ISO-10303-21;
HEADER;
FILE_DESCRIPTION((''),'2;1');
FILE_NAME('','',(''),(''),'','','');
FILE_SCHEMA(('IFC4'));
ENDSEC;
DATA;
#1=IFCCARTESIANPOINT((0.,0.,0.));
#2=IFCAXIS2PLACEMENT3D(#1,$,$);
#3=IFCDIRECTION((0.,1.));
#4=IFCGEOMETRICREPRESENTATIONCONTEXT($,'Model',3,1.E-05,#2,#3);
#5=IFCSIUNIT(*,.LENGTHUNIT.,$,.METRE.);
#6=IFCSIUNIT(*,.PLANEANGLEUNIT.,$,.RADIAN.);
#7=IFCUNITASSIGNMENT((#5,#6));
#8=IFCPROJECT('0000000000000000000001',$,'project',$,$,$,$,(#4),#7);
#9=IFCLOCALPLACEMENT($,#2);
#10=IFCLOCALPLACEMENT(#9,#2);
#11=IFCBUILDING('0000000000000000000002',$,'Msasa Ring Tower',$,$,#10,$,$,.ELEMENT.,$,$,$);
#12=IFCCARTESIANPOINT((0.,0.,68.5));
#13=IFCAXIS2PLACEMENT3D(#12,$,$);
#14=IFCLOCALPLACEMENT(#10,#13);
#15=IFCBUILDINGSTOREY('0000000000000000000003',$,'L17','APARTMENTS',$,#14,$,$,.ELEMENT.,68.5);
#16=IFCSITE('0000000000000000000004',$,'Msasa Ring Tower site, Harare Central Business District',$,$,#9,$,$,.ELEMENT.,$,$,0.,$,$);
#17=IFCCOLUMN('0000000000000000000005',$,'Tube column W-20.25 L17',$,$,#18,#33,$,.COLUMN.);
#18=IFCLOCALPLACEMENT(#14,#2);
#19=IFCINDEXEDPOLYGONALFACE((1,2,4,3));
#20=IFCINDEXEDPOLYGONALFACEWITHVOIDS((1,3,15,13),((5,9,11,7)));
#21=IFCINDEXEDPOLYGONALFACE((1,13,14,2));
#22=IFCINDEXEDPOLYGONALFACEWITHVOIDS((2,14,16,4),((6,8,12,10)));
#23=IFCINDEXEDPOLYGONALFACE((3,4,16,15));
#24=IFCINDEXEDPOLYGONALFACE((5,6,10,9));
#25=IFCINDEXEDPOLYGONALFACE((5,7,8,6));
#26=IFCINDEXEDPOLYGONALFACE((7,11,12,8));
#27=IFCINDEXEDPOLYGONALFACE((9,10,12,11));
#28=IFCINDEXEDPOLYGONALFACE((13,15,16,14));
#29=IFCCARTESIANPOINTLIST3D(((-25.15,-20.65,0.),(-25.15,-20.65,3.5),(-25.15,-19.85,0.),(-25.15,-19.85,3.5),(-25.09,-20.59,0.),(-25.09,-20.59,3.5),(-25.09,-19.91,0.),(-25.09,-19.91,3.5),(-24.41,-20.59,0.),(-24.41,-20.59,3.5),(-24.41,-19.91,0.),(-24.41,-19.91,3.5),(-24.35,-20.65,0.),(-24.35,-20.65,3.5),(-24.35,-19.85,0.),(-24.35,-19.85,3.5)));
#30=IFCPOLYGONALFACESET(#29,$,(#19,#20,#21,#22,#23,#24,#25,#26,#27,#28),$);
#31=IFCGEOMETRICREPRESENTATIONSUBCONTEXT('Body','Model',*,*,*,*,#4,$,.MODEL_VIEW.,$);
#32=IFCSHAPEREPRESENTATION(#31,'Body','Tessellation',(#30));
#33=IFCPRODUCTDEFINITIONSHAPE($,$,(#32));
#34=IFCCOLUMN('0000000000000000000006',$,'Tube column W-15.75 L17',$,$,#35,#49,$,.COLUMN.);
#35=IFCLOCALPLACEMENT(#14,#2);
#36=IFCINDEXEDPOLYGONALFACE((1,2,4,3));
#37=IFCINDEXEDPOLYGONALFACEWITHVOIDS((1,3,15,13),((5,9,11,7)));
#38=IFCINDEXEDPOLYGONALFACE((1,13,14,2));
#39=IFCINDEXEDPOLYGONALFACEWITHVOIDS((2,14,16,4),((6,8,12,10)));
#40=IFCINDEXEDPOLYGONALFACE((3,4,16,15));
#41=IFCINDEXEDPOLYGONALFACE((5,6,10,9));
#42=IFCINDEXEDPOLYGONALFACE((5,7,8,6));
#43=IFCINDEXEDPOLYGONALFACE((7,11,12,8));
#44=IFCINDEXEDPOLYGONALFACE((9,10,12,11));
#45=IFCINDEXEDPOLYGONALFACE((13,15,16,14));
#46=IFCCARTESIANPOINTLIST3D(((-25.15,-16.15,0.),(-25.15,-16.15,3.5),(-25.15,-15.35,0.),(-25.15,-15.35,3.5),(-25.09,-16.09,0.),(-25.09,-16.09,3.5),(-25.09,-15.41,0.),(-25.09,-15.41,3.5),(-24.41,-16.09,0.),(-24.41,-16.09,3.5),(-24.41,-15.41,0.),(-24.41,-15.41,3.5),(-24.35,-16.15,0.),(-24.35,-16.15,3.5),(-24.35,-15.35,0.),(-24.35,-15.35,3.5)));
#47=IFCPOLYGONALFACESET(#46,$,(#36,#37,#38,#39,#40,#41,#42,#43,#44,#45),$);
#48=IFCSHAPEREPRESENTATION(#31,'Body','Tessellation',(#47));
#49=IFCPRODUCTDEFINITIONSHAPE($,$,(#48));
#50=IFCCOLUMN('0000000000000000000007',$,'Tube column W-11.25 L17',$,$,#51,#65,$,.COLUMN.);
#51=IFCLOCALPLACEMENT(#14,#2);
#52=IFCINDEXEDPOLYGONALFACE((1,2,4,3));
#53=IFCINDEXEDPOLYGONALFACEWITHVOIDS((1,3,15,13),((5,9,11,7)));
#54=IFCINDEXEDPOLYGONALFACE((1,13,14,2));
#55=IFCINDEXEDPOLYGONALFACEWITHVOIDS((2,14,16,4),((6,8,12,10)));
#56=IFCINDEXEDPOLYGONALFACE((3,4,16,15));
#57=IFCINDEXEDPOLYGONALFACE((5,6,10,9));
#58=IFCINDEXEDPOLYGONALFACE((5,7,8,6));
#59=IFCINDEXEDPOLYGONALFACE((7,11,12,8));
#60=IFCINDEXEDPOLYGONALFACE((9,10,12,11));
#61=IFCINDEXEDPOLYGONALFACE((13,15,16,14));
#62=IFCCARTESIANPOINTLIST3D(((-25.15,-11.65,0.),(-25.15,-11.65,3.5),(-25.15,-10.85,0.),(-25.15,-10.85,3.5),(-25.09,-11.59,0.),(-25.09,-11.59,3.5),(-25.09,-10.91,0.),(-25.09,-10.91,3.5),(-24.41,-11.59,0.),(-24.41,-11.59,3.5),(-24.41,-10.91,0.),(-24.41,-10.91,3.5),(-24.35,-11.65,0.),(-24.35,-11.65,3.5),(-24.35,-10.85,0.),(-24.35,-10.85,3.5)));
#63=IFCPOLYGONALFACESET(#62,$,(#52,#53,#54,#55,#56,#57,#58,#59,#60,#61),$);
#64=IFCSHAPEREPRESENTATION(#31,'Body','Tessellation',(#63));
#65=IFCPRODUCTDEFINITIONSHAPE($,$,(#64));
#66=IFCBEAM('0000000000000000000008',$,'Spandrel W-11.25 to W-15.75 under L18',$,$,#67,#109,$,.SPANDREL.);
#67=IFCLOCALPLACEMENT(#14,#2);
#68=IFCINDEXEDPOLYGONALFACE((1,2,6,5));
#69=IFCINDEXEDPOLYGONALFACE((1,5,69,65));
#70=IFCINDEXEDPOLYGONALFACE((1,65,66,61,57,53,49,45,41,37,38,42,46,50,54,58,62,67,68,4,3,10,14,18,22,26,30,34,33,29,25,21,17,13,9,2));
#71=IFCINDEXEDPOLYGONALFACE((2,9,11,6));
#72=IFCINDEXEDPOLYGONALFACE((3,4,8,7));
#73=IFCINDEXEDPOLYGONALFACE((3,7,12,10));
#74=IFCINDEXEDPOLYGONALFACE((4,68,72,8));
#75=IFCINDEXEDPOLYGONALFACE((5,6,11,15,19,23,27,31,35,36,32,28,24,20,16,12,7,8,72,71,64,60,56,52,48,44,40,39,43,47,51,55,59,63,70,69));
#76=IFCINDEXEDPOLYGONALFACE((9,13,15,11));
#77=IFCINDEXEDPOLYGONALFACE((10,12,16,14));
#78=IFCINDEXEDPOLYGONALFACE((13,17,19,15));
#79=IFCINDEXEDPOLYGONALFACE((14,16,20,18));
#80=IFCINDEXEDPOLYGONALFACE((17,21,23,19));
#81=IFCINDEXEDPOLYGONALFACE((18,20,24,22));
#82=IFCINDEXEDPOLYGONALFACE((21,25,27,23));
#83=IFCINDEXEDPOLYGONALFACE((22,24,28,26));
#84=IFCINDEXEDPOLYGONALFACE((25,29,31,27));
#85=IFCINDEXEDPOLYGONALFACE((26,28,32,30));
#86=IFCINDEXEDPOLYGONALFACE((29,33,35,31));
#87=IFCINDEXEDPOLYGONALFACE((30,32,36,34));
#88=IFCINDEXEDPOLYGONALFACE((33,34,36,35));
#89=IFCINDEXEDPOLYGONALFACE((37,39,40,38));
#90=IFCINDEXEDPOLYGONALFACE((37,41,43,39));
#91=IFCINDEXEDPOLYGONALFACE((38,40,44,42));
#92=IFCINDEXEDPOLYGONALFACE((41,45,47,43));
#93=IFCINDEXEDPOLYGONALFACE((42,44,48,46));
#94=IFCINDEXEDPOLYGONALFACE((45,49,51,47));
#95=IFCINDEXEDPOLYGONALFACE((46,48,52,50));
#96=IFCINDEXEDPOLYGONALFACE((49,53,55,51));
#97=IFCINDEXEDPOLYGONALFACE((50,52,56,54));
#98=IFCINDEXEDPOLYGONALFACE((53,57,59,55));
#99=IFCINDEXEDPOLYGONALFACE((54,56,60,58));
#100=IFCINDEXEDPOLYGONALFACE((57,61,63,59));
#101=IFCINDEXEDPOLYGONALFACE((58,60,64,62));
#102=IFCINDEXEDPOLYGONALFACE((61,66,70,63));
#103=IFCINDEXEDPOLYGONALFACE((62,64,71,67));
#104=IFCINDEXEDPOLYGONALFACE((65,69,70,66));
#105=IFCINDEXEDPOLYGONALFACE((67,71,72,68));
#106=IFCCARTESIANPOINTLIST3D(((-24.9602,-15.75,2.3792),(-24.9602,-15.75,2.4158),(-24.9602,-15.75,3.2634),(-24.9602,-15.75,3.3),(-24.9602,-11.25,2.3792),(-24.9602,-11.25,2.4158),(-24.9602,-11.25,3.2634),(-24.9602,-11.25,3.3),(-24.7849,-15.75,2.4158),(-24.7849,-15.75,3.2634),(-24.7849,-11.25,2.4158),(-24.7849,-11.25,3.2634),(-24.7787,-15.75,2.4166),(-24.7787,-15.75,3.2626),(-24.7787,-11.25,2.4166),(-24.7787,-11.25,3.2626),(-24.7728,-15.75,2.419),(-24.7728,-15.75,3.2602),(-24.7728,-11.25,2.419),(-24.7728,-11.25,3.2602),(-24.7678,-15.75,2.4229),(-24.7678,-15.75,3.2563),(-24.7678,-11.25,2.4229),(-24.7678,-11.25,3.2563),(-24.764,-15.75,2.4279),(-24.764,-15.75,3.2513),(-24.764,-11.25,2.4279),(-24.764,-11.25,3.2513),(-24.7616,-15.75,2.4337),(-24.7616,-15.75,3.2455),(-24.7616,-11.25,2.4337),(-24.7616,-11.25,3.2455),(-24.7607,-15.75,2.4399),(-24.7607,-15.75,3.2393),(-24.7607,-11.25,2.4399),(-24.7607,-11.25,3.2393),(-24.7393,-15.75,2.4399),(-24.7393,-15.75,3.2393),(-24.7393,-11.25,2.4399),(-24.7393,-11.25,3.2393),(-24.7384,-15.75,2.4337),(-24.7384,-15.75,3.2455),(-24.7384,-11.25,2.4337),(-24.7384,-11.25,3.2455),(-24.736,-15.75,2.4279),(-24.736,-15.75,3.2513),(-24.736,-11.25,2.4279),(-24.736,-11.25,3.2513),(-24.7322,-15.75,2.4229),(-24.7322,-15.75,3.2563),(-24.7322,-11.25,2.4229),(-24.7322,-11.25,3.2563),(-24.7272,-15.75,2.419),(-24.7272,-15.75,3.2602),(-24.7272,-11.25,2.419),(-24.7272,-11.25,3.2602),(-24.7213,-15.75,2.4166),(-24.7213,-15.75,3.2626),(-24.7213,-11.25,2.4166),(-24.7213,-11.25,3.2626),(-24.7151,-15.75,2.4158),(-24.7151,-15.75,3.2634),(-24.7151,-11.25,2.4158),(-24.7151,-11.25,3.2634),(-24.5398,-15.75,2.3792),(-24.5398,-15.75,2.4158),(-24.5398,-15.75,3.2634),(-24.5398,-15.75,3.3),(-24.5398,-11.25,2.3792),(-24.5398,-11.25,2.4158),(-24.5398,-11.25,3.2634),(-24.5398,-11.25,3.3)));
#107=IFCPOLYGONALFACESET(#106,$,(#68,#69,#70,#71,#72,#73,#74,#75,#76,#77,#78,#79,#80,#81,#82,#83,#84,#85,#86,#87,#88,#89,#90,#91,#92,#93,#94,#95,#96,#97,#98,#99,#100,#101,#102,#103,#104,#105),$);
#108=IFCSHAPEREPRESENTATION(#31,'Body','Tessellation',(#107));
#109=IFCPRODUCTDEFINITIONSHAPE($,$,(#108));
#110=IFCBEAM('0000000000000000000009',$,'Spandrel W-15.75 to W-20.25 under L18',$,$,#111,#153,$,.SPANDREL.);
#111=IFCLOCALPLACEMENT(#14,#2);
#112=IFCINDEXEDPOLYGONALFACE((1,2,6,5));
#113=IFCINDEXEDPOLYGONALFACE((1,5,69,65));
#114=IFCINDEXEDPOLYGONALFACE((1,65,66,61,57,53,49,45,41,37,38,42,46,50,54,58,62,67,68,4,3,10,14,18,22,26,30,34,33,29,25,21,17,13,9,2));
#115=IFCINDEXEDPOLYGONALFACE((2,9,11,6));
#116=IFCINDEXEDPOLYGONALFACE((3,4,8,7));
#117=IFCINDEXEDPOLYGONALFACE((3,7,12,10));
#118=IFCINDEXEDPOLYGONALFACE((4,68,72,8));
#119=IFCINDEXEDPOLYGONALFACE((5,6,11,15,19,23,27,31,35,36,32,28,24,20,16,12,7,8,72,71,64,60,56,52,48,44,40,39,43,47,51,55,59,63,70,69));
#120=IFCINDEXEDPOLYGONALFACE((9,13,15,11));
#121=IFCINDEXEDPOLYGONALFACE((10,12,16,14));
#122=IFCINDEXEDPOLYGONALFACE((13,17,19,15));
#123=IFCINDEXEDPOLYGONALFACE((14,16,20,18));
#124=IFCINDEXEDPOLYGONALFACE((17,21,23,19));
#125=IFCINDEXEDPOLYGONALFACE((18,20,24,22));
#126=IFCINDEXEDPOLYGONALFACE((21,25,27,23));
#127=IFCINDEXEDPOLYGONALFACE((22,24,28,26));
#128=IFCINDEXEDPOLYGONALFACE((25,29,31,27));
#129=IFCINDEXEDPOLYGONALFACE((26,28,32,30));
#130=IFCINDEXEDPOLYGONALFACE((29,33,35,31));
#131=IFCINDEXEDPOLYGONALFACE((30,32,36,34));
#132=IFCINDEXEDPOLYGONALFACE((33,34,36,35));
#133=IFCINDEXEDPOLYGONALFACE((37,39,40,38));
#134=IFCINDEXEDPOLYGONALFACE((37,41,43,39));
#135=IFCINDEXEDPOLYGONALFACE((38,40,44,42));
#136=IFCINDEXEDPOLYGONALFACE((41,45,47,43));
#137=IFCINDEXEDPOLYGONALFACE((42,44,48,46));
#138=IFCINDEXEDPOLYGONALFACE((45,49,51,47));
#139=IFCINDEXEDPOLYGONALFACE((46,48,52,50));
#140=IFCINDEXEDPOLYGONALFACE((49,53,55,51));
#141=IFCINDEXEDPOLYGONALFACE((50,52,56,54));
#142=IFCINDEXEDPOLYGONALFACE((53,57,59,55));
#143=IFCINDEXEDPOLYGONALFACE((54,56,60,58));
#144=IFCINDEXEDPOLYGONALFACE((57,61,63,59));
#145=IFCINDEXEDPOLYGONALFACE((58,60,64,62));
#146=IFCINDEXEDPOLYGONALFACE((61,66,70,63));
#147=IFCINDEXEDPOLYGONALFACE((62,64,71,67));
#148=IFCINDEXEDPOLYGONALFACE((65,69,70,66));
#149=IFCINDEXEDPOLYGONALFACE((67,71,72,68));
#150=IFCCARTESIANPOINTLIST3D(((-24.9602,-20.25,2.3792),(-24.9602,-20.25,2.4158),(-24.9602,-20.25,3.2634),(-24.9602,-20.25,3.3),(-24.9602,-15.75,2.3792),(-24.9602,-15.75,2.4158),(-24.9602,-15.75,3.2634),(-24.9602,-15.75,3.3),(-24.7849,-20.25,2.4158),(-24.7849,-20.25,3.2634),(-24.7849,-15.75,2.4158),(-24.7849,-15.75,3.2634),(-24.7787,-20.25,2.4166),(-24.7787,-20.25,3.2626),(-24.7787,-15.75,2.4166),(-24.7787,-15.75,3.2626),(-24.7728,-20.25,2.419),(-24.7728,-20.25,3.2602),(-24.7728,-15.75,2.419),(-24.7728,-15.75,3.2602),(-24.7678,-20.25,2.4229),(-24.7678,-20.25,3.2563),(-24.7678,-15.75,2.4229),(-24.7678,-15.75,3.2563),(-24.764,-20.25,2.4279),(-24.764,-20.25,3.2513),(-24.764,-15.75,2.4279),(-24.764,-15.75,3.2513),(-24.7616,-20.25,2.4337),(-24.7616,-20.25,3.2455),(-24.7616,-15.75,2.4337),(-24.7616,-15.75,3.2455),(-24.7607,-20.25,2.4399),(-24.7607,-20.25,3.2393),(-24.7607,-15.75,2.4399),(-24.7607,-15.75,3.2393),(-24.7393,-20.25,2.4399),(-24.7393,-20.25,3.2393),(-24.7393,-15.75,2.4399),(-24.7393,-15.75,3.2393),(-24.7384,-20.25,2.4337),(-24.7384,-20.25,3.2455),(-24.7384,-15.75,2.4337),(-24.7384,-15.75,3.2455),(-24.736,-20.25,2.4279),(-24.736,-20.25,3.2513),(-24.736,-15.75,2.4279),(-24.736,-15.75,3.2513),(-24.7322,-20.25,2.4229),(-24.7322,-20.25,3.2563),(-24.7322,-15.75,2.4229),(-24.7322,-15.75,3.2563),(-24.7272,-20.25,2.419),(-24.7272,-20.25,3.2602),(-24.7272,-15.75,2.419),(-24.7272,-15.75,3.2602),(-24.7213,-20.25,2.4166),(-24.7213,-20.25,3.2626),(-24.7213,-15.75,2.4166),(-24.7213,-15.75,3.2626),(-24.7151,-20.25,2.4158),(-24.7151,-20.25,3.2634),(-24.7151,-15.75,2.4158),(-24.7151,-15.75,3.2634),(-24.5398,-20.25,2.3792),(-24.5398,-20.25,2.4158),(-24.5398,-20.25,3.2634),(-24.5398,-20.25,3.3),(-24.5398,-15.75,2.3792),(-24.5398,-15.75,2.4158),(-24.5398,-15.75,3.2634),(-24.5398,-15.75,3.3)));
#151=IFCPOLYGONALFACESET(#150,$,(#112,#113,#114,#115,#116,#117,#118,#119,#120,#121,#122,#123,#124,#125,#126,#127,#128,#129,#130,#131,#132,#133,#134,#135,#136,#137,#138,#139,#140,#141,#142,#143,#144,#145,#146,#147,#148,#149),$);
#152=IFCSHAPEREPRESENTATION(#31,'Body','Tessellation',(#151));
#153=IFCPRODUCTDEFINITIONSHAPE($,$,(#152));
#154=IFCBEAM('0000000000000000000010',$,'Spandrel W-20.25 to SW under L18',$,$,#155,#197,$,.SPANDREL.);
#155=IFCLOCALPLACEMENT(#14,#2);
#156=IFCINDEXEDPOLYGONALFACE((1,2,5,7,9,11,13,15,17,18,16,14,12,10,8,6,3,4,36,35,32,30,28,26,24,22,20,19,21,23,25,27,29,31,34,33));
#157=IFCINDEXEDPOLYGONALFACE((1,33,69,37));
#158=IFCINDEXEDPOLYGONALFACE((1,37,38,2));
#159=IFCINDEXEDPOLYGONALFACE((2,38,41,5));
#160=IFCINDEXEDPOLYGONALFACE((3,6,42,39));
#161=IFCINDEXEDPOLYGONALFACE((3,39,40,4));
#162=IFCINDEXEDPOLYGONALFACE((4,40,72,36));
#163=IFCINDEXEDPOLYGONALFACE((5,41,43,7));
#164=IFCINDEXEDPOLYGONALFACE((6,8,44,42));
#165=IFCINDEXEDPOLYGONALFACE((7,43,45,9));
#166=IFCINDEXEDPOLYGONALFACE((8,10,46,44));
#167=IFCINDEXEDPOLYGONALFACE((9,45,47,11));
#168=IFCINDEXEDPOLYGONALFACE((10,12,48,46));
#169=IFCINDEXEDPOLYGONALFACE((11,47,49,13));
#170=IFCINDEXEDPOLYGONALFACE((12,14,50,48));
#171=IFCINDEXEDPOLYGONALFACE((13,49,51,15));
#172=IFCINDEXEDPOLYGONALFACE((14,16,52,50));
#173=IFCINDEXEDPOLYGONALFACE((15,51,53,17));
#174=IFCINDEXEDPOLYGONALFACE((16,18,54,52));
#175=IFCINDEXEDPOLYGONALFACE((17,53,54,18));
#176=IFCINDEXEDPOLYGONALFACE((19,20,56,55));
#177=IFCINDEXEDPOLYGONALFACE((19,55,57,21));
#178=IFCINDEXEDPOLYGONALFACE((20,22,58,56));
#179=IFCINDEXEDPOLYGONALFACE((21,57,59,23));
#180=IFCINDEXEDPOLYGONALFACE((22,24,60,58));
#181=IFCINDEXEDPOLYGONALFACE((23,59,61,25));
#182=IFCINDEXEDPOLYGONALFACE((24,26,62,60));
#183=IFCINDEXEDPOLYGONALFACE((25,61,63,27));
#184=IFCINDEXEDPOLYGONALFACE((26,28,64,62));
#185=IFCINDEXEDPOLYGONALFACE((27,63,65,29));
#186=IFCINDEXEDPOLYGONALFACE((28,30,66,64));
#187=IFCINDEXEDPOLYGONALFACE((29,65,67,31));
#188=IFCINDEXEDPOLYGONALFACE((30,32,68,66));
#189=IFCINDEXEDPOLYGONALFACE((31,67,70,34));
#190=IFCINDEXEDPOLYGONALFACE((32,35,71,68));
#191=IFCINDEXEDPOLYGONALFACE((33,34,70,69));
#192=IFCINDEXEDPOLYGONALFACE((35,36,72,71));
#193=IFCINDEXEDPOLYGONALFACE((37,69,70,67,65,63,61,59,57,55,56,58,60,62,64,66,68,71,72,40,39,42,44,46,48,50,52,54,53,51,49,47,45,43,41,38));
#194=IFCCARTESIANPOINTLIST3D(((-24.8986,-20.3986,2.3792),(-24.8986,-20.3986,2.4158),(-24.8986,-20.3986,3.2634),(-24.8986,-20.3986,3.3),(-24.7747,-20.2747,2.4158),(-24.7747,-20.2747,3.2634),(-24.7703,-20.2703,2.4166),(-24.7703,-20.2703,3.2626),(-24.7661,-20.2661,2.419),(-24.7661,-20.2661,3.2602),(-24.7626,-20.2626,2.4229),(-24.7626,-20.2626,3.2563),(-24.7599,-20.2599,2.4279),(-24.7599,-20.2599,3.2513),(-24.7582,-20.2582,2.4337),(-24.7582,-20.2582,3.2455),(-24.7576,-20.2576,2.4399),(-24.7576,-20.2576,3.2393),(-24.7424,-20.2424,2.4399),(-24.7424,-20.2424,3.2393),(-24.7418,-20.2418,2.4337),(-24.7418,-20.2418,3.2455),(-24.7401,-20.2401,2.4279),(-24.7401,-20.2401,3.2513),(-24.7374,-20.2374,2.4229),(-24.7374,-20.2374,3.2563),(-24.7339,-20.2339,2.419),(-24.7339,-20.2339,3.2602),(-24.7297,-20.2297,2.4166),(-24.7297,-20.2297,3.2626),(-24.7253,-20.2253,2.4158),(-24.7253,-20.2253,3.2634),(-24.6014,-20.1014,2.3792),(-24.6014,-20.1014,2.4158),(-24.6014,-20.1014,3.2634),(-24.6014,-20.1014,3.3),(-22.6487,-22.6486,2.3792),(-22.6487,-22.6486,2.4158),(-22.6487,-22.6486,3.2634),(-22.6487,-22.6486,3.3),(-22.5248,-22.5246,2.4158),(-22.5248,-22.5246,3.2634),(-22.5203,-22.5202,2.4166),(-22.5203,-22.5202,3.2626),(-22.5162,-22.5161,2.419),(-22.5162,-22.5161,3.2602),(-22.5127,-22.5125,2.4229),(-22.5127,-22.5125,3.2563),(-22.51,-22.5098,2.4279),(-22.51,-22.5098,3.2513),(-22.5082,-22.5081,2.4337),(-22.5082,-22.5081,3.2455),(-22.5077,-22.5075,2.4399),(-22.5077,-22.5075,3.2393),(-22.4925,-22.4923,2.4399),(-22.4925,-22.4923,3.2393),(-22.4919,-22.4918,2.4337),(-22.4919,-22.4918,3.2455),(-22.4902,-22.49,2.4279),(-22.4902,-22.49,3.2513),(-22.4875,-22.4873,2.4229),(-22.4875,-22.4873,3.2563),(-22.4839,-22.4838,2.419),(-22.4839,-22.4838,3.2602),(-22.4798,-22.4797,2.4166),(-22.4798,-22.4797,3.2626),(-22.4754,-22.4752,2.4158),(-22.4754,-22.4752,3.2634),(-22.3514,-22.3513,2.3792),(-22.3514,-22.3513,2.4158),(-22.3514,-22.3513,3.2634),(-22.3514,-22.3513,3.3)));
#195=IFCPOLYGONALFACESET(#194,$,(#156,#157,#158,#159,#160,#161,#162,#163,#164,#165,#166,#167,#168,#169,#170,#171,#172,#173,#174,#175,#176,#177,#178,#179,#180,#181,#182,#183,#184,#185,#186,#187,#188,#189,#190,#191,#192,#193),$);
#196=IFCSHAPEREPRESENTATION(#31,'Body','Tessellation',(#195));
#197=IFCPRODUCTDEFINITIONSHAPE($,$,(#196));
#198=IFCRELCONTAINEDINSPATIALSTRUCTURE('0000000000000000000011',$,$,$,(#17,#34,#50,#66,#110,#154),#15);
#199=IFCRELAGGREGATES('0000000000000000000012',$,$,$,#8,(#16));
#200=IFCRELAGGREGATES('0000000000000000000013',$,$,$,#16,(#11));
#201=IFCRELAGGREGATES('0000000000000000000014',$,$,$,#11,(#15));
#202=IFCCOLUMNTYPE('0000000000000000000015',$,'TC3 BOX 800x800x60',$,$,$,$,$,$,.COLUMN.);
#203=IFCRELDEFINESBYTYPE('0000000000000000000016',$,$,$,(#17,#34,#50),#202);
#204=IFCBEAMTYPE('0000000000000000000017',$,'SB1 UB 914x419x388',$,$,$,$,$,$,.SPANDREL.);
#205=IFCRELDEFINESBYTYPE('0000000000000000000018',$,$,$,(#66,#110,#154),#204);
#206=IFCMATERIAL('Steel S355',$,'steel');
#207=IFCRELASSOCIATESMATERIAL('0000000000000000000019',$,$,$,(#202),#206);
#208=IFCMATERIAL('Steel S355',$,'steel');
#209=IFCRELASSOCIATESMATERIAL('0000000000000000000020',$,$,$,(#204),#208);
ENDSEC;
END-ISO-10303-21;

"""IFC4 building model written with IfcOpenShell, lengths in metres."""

from ifc_helpers import new_model, si_unit, direction, frame, origin, origin_2d, place, context, subcontext, project, spatial, hollow_rectangle, i_section, extrude, material, material_profile, profile_set, type_object, element, save


model = new_model("IFC4")

# Units and contexts
model_context = context("Model", 3, precision=1e-05, world=origin(), true_north=direction((0.0, 1.0)))
body_context = subcontext(model_context, "Body", "Model", "MODEL_VIEW")
ifc_project = project(units=[si_unit("LENGTHUNIT", "METRE"), si_unit("PLANEANGLEUNIT", "RADIAN")], contexts=[model_context])

# Site, building, storey
site_placement = place(None, origin())
site = spatial("IfcSite", under=ifc_project, at=site_placement, Name="Msasa Ring Tower site, Harare Central Business District", CompositionType="ELEMENT", RefElevation=0.0)
building_placement = place(site_placement, origin())
building = spatial("IfcBuilding", under=site, at=building_placement, Name="Msasa Ring Tower", CompositionType="ELEMENT")
storey_placement = place(building_placement, frame((0.0, 0.0, 68.5)))
storey = spatial("IfcBuildingStorey", under=building, at=storey_placement, Name="L17", Description="APARTMENTS", CompositionType="ELEMENT", Elevation=68.5)

# Columns
ifc_material_1 = material(Name="Steel S355", Category="steel")
ifc_material_profile_1 = material_profile(ifc_material_1, hollow_rectangle(XDim=0.8, YDim=0.8, WallThickness=0.0601, at=origin_2d()), Name="BOX 800x800x60")
ifc_profile_set_1 = profile_set([ifc_material_profile_1], Name="Steel S355")
column_type = type_object("IfcColumnType", Name="TC3 BOX 800x800x60", PredefinedType="COLUMN", material=ifc_profile_set_1)
for number, where, z_axis, x_axis, name in (
    (1, (-24.75, -20.25, 0.0), (0.0, 0.0, 1.0), (1.0, 0.0, 0.0), "Tube column W-20.25 L17"),
    (2, (-24.75, -15.75, 0.0), (0.0, 0.0, 1.0), (1.0, 0.0, 0.0), "Tube column W-15.75 L17"),
    (3, (-24.75, -11.25, 0.0), (0.0, 0.0, 1.0), (1.0, 0.0, 0.0), "Tube column W-11.25 L17"),
):
    element("IfcColumn", number, at=place(storey_placement, frame(where, z_axis=z_axis, x_axis=x_axis)), inside=storey, type_object=column_type, Name=name, PredefinedType="COLUMN", context=body_context, shape_type="SweptSolid", body=[
        extrude(hollow_rectangle(XDim=0.8, YDim=0.8, WallThickness=0.0601, at=origin_2d()), origin(), (0.0, 0.0, 1.0), 3.5),
    ])

# Beams
ifc_material_2 = material(Name="Steel S355", Category="steel")
ifc_material_profile_2 = material_profile(ifc_material_2, i_section(OverallWidth=0.4204, OverallDepth=0.9209, WebThickness=0.0215, FlangeThickness=0.0366, FilletRadius=0.0242, at=origin_2d()), Name="UB 914x419x388")
ifc_profile_set_2 = profile_set([ifc_material_profile_2], Name="Steel S355")
beam_type = type_object("IfcBeamType", Name="SB1 UB 914x419x388", PredefinedType="SPANDREL", material=ifc_profile_set_2)
for number, where, z_axis, x_axis, name in (
    (4, (-24.75, -11.25, 2.8396), (0.0, -1.0, 0.0), (1.0, 0.0, 0.0), "Spandrel W-11.25 to W-15.75 under L18"),
    (5, (-24.75, -15.75, 2.8396), (0.0, -1.0, 0.0), (1.0, 0.0, 0.0), "Spandrel W-15.75 to W-20.25 under L18"),
):
    element("IfcBeam", number, at=place(storey_placement, frame(where, z_axis=z_axis, x_axis=x_axis)), inside=storey, type_object=beam_type, Name=name, PredefinedType="SPANDREL", context=body_context, shape_type="SweptSolid", body=[
        extrude(i_section(OverallWidth=0.4204, OverallDepth=0.9209, WebThickness=0.0215, FlangeThickness=0.0366, FilletRadius=0.0242, at=origin_2d()), origin(), (0.0, 0.0, 1.0), 4.5),
    ])
beam_placement = place(storey_placement, frame((-24.75, -20.25, 2.8396), z_axis=(0.707107, -0.707107, 0.0), x_axis=(0.707107, 0.707107, 0.0)))
element("IfcBeam", 6, at=beam_placement, inside=storey, type_object=beam_type, Name="Spandrel W-20.25 to SW under L18", PredefinedType="SPANDREL", context=body_context, shape_type="SweptSolid", body=[
    extrude(i_section(OverallWidth=0.4204, OverallDepth=0.9209, WebThickness=0.0215, FlangeThickness=0.0366, FilletRadius=0.0242, at=origin_2d()), origin(), (0.0, 0.0, 1.0), 3.1819),
])

save(model, "model.ifc")
